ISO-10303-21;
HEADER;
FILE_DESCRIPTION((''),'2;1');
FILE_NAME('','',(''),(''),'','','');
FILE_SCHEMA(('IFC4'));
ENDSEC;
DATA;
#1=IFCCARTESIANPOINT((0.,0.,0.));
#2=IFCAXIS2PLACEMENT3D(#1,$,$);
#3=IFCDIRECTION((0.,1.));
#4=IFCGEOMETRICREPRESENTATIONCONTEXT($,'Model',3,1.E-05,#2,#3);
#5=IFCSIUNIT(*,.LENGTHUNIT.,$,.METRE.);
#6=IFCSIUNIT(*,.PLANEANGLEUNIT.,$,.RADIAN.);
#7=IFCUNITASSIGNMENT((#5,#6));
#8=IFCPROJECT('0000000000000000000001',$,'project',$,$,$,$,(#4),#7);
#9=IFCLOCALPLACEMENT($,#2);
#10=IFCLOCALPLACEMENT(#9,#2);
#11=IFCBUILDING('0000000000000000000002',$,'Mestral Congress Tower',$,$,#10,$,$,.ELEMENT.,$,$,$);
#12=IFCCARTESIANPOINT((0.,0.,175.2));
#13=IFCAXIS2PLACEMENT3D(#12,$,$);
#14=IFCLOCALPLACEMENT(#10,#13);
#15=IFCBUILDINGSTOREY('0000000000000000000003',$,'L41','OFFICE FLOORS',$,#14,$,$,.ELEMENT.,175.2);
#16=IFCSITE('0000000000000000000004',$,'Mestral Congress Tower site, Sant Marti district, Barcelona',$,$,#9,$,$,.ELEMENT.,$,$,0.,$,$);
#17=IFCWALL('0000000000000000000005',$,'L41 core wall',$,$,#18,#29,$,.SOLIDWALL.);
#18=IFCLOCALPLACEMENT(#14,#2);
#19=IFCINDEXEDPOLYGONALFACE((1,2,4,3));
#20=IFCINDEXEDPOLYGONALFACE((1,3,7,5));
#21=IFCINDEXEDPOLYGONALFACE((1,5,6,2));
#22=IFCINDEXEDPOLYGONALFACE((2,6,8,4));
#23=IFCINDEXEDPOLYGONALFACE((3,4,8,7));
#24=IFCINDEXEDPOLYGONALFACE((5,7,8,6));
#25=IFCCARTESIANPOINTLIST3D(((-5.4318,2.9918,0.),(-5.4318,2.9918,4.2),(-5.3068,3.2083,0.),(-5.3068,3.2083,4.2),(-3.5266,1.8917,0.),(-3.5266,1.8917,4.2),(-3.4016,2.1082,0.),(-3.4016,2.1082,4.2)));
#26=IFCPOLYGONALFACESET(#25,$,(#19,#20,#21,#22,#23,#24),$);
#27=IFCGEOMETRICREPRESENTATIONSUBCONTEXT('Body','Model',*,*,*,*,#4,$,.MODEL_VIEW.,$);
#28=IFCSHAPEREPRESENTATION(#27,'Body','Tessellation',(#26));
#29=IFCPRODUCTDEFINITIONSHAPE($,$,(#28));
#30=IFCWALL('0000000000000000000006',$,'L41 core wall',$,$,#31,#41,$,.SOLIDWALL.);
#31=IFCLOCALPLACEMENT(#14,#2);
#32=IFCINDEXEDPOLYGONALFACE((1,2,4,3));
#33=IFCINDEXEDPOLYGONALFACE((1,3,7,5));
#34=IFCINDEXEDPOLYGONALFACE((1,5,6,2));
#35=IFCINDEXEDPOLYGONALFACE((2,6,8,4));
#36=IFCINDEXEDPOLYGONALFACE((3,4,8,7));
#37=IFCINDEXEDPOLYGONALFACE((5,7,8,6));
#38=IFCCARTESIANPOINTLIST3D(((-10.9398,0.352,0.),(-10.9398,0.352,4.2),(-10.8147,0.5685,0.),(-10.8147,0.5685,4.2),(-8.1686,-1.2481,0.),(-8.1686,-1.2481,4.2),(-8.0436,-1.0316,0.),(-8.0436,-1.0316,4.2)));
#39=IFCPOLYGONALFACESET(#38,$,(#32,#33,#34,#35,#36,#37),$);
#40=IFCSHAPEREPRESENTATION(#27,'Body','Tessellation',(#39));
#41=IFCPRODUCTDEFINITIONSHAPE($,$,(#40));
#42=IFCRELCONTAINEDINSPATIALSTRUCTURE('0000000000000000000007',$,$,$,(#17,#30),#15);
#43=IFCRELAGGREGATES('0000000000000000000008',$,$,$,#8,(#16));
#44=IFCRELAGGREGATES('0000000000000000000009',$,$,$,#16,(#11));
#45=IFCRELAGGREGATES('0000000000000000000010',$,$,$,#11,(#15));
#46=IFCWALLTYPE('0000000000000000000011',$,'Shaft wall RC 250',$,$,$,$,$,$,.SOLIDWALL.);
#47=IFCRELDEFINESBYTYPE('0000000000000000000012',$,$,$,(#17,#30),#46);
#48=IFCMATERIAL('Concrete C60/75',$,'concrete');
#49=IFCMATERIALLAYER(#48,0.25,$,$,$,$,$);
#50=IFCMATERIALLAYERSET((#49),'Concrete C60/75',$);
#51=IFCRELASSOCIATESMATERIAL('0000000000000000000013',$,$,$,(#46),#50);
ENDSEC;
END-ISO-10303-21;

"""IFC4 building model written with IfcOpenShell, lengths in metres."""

from ifc_helpers import new_model, si_unit, direction, frame, frame_2d, origin, place, context, subcontext, project, spatial, rectangle, extrude, material, layer, layer_set, type_object, element, save


model = new_model("IFC4")

# Units and contexts
model_context = context("Model", 3, precision=1e-05, world=origin(), true_north=direction((0.0, 1.0)))
body_context = subcontext(model_context, "Body", "Model", "MODEL_VIEW")
ifc_project = project(units=[si_unit("LENGTHUNIT", "METRE"), si_unit("PLANEANGLEUNIT", "RADIAN")], contexts=[model_context])

# Site, building, storey
site_placement = place(None, origin())
site = spatial("IfcSite", under=ifc_project, at=site_placement, Name="Mestral Congress Tower site, Sant Marti district, Barcelona", CompositionType="ELEMENT", RefElevation=0.0)
building_placement = place(site_placement, origin())
building = spatial("IfcBuilding", under=site, at=building_placement, Name="Mestral Congress Tower", CompositionType="ELEMENT")
storey_placement = place(building_placement, frame((0.0, 0.0, 175.2)))
storey = spatial("IfcBuildingStorey", under=building, at=storey_placement, Name="L41", Description="OFFICE FLOORS", CompositionType="ELEMENT", Elevation=175.2)

# Shared definitions
ifc_material_1 = material(Name="Concrete C60/75", Category="concrete")

# Walls
ifc_layer_1 = layer(ifc_material_1, 0.25)
ifc_layer_set_1 = layer_set([ifc_layer_1], Name="Concrete C60/75")
wall_type_1 = type_object("IfcWallType", Name="Shaft wall RC 250", PredefinedType="SOLIDWALL", material=ifc_layer_set_1)
wall_1_placement = place(storey_placement, frame((-5.3694, 3.1001, 0.0), z_axis=(0.0, 0.0, 1.0), x_axis=(0.866008, -0.50003, 0.0)))
element("IfcWall", 1, at=wall_1_placement, inside=storey, type_object=wall_type_1, Name="L41 core wall", PredefinedType="SOLIDWALL", context=body_context, shape_type="SweptSolid", body=[
    extrude(rectangle(XDim=2.2, YDim=0.25, at=frame_2d((1.1001, 0.0))), origin(), (0.0, 0.0, 1.0), 4.2),
])
wall_2_placement = place(storey_placement, frame((-8.106, -1.1399, 0.0), z_axis=(0.0, 0.0, 1.0), x_axis=(-0.866009, 0.500028, 0.0)))
element("IfcWall", 2, at=wall_2_placement, inside=storey, type_object=wall_type_1, Name="L41 core wall", PredefinedType="SOLIDWALL", context=body_context, shape_type="SweptSolid", body=[
    extrude(rectangle(XDim=3.2, YDim=0.25, at=frame_2d((1.6001, 0.0))), origin(), (0.0, 0.0, 1.0), 4.2),
])

save(model, "model.ifc")
